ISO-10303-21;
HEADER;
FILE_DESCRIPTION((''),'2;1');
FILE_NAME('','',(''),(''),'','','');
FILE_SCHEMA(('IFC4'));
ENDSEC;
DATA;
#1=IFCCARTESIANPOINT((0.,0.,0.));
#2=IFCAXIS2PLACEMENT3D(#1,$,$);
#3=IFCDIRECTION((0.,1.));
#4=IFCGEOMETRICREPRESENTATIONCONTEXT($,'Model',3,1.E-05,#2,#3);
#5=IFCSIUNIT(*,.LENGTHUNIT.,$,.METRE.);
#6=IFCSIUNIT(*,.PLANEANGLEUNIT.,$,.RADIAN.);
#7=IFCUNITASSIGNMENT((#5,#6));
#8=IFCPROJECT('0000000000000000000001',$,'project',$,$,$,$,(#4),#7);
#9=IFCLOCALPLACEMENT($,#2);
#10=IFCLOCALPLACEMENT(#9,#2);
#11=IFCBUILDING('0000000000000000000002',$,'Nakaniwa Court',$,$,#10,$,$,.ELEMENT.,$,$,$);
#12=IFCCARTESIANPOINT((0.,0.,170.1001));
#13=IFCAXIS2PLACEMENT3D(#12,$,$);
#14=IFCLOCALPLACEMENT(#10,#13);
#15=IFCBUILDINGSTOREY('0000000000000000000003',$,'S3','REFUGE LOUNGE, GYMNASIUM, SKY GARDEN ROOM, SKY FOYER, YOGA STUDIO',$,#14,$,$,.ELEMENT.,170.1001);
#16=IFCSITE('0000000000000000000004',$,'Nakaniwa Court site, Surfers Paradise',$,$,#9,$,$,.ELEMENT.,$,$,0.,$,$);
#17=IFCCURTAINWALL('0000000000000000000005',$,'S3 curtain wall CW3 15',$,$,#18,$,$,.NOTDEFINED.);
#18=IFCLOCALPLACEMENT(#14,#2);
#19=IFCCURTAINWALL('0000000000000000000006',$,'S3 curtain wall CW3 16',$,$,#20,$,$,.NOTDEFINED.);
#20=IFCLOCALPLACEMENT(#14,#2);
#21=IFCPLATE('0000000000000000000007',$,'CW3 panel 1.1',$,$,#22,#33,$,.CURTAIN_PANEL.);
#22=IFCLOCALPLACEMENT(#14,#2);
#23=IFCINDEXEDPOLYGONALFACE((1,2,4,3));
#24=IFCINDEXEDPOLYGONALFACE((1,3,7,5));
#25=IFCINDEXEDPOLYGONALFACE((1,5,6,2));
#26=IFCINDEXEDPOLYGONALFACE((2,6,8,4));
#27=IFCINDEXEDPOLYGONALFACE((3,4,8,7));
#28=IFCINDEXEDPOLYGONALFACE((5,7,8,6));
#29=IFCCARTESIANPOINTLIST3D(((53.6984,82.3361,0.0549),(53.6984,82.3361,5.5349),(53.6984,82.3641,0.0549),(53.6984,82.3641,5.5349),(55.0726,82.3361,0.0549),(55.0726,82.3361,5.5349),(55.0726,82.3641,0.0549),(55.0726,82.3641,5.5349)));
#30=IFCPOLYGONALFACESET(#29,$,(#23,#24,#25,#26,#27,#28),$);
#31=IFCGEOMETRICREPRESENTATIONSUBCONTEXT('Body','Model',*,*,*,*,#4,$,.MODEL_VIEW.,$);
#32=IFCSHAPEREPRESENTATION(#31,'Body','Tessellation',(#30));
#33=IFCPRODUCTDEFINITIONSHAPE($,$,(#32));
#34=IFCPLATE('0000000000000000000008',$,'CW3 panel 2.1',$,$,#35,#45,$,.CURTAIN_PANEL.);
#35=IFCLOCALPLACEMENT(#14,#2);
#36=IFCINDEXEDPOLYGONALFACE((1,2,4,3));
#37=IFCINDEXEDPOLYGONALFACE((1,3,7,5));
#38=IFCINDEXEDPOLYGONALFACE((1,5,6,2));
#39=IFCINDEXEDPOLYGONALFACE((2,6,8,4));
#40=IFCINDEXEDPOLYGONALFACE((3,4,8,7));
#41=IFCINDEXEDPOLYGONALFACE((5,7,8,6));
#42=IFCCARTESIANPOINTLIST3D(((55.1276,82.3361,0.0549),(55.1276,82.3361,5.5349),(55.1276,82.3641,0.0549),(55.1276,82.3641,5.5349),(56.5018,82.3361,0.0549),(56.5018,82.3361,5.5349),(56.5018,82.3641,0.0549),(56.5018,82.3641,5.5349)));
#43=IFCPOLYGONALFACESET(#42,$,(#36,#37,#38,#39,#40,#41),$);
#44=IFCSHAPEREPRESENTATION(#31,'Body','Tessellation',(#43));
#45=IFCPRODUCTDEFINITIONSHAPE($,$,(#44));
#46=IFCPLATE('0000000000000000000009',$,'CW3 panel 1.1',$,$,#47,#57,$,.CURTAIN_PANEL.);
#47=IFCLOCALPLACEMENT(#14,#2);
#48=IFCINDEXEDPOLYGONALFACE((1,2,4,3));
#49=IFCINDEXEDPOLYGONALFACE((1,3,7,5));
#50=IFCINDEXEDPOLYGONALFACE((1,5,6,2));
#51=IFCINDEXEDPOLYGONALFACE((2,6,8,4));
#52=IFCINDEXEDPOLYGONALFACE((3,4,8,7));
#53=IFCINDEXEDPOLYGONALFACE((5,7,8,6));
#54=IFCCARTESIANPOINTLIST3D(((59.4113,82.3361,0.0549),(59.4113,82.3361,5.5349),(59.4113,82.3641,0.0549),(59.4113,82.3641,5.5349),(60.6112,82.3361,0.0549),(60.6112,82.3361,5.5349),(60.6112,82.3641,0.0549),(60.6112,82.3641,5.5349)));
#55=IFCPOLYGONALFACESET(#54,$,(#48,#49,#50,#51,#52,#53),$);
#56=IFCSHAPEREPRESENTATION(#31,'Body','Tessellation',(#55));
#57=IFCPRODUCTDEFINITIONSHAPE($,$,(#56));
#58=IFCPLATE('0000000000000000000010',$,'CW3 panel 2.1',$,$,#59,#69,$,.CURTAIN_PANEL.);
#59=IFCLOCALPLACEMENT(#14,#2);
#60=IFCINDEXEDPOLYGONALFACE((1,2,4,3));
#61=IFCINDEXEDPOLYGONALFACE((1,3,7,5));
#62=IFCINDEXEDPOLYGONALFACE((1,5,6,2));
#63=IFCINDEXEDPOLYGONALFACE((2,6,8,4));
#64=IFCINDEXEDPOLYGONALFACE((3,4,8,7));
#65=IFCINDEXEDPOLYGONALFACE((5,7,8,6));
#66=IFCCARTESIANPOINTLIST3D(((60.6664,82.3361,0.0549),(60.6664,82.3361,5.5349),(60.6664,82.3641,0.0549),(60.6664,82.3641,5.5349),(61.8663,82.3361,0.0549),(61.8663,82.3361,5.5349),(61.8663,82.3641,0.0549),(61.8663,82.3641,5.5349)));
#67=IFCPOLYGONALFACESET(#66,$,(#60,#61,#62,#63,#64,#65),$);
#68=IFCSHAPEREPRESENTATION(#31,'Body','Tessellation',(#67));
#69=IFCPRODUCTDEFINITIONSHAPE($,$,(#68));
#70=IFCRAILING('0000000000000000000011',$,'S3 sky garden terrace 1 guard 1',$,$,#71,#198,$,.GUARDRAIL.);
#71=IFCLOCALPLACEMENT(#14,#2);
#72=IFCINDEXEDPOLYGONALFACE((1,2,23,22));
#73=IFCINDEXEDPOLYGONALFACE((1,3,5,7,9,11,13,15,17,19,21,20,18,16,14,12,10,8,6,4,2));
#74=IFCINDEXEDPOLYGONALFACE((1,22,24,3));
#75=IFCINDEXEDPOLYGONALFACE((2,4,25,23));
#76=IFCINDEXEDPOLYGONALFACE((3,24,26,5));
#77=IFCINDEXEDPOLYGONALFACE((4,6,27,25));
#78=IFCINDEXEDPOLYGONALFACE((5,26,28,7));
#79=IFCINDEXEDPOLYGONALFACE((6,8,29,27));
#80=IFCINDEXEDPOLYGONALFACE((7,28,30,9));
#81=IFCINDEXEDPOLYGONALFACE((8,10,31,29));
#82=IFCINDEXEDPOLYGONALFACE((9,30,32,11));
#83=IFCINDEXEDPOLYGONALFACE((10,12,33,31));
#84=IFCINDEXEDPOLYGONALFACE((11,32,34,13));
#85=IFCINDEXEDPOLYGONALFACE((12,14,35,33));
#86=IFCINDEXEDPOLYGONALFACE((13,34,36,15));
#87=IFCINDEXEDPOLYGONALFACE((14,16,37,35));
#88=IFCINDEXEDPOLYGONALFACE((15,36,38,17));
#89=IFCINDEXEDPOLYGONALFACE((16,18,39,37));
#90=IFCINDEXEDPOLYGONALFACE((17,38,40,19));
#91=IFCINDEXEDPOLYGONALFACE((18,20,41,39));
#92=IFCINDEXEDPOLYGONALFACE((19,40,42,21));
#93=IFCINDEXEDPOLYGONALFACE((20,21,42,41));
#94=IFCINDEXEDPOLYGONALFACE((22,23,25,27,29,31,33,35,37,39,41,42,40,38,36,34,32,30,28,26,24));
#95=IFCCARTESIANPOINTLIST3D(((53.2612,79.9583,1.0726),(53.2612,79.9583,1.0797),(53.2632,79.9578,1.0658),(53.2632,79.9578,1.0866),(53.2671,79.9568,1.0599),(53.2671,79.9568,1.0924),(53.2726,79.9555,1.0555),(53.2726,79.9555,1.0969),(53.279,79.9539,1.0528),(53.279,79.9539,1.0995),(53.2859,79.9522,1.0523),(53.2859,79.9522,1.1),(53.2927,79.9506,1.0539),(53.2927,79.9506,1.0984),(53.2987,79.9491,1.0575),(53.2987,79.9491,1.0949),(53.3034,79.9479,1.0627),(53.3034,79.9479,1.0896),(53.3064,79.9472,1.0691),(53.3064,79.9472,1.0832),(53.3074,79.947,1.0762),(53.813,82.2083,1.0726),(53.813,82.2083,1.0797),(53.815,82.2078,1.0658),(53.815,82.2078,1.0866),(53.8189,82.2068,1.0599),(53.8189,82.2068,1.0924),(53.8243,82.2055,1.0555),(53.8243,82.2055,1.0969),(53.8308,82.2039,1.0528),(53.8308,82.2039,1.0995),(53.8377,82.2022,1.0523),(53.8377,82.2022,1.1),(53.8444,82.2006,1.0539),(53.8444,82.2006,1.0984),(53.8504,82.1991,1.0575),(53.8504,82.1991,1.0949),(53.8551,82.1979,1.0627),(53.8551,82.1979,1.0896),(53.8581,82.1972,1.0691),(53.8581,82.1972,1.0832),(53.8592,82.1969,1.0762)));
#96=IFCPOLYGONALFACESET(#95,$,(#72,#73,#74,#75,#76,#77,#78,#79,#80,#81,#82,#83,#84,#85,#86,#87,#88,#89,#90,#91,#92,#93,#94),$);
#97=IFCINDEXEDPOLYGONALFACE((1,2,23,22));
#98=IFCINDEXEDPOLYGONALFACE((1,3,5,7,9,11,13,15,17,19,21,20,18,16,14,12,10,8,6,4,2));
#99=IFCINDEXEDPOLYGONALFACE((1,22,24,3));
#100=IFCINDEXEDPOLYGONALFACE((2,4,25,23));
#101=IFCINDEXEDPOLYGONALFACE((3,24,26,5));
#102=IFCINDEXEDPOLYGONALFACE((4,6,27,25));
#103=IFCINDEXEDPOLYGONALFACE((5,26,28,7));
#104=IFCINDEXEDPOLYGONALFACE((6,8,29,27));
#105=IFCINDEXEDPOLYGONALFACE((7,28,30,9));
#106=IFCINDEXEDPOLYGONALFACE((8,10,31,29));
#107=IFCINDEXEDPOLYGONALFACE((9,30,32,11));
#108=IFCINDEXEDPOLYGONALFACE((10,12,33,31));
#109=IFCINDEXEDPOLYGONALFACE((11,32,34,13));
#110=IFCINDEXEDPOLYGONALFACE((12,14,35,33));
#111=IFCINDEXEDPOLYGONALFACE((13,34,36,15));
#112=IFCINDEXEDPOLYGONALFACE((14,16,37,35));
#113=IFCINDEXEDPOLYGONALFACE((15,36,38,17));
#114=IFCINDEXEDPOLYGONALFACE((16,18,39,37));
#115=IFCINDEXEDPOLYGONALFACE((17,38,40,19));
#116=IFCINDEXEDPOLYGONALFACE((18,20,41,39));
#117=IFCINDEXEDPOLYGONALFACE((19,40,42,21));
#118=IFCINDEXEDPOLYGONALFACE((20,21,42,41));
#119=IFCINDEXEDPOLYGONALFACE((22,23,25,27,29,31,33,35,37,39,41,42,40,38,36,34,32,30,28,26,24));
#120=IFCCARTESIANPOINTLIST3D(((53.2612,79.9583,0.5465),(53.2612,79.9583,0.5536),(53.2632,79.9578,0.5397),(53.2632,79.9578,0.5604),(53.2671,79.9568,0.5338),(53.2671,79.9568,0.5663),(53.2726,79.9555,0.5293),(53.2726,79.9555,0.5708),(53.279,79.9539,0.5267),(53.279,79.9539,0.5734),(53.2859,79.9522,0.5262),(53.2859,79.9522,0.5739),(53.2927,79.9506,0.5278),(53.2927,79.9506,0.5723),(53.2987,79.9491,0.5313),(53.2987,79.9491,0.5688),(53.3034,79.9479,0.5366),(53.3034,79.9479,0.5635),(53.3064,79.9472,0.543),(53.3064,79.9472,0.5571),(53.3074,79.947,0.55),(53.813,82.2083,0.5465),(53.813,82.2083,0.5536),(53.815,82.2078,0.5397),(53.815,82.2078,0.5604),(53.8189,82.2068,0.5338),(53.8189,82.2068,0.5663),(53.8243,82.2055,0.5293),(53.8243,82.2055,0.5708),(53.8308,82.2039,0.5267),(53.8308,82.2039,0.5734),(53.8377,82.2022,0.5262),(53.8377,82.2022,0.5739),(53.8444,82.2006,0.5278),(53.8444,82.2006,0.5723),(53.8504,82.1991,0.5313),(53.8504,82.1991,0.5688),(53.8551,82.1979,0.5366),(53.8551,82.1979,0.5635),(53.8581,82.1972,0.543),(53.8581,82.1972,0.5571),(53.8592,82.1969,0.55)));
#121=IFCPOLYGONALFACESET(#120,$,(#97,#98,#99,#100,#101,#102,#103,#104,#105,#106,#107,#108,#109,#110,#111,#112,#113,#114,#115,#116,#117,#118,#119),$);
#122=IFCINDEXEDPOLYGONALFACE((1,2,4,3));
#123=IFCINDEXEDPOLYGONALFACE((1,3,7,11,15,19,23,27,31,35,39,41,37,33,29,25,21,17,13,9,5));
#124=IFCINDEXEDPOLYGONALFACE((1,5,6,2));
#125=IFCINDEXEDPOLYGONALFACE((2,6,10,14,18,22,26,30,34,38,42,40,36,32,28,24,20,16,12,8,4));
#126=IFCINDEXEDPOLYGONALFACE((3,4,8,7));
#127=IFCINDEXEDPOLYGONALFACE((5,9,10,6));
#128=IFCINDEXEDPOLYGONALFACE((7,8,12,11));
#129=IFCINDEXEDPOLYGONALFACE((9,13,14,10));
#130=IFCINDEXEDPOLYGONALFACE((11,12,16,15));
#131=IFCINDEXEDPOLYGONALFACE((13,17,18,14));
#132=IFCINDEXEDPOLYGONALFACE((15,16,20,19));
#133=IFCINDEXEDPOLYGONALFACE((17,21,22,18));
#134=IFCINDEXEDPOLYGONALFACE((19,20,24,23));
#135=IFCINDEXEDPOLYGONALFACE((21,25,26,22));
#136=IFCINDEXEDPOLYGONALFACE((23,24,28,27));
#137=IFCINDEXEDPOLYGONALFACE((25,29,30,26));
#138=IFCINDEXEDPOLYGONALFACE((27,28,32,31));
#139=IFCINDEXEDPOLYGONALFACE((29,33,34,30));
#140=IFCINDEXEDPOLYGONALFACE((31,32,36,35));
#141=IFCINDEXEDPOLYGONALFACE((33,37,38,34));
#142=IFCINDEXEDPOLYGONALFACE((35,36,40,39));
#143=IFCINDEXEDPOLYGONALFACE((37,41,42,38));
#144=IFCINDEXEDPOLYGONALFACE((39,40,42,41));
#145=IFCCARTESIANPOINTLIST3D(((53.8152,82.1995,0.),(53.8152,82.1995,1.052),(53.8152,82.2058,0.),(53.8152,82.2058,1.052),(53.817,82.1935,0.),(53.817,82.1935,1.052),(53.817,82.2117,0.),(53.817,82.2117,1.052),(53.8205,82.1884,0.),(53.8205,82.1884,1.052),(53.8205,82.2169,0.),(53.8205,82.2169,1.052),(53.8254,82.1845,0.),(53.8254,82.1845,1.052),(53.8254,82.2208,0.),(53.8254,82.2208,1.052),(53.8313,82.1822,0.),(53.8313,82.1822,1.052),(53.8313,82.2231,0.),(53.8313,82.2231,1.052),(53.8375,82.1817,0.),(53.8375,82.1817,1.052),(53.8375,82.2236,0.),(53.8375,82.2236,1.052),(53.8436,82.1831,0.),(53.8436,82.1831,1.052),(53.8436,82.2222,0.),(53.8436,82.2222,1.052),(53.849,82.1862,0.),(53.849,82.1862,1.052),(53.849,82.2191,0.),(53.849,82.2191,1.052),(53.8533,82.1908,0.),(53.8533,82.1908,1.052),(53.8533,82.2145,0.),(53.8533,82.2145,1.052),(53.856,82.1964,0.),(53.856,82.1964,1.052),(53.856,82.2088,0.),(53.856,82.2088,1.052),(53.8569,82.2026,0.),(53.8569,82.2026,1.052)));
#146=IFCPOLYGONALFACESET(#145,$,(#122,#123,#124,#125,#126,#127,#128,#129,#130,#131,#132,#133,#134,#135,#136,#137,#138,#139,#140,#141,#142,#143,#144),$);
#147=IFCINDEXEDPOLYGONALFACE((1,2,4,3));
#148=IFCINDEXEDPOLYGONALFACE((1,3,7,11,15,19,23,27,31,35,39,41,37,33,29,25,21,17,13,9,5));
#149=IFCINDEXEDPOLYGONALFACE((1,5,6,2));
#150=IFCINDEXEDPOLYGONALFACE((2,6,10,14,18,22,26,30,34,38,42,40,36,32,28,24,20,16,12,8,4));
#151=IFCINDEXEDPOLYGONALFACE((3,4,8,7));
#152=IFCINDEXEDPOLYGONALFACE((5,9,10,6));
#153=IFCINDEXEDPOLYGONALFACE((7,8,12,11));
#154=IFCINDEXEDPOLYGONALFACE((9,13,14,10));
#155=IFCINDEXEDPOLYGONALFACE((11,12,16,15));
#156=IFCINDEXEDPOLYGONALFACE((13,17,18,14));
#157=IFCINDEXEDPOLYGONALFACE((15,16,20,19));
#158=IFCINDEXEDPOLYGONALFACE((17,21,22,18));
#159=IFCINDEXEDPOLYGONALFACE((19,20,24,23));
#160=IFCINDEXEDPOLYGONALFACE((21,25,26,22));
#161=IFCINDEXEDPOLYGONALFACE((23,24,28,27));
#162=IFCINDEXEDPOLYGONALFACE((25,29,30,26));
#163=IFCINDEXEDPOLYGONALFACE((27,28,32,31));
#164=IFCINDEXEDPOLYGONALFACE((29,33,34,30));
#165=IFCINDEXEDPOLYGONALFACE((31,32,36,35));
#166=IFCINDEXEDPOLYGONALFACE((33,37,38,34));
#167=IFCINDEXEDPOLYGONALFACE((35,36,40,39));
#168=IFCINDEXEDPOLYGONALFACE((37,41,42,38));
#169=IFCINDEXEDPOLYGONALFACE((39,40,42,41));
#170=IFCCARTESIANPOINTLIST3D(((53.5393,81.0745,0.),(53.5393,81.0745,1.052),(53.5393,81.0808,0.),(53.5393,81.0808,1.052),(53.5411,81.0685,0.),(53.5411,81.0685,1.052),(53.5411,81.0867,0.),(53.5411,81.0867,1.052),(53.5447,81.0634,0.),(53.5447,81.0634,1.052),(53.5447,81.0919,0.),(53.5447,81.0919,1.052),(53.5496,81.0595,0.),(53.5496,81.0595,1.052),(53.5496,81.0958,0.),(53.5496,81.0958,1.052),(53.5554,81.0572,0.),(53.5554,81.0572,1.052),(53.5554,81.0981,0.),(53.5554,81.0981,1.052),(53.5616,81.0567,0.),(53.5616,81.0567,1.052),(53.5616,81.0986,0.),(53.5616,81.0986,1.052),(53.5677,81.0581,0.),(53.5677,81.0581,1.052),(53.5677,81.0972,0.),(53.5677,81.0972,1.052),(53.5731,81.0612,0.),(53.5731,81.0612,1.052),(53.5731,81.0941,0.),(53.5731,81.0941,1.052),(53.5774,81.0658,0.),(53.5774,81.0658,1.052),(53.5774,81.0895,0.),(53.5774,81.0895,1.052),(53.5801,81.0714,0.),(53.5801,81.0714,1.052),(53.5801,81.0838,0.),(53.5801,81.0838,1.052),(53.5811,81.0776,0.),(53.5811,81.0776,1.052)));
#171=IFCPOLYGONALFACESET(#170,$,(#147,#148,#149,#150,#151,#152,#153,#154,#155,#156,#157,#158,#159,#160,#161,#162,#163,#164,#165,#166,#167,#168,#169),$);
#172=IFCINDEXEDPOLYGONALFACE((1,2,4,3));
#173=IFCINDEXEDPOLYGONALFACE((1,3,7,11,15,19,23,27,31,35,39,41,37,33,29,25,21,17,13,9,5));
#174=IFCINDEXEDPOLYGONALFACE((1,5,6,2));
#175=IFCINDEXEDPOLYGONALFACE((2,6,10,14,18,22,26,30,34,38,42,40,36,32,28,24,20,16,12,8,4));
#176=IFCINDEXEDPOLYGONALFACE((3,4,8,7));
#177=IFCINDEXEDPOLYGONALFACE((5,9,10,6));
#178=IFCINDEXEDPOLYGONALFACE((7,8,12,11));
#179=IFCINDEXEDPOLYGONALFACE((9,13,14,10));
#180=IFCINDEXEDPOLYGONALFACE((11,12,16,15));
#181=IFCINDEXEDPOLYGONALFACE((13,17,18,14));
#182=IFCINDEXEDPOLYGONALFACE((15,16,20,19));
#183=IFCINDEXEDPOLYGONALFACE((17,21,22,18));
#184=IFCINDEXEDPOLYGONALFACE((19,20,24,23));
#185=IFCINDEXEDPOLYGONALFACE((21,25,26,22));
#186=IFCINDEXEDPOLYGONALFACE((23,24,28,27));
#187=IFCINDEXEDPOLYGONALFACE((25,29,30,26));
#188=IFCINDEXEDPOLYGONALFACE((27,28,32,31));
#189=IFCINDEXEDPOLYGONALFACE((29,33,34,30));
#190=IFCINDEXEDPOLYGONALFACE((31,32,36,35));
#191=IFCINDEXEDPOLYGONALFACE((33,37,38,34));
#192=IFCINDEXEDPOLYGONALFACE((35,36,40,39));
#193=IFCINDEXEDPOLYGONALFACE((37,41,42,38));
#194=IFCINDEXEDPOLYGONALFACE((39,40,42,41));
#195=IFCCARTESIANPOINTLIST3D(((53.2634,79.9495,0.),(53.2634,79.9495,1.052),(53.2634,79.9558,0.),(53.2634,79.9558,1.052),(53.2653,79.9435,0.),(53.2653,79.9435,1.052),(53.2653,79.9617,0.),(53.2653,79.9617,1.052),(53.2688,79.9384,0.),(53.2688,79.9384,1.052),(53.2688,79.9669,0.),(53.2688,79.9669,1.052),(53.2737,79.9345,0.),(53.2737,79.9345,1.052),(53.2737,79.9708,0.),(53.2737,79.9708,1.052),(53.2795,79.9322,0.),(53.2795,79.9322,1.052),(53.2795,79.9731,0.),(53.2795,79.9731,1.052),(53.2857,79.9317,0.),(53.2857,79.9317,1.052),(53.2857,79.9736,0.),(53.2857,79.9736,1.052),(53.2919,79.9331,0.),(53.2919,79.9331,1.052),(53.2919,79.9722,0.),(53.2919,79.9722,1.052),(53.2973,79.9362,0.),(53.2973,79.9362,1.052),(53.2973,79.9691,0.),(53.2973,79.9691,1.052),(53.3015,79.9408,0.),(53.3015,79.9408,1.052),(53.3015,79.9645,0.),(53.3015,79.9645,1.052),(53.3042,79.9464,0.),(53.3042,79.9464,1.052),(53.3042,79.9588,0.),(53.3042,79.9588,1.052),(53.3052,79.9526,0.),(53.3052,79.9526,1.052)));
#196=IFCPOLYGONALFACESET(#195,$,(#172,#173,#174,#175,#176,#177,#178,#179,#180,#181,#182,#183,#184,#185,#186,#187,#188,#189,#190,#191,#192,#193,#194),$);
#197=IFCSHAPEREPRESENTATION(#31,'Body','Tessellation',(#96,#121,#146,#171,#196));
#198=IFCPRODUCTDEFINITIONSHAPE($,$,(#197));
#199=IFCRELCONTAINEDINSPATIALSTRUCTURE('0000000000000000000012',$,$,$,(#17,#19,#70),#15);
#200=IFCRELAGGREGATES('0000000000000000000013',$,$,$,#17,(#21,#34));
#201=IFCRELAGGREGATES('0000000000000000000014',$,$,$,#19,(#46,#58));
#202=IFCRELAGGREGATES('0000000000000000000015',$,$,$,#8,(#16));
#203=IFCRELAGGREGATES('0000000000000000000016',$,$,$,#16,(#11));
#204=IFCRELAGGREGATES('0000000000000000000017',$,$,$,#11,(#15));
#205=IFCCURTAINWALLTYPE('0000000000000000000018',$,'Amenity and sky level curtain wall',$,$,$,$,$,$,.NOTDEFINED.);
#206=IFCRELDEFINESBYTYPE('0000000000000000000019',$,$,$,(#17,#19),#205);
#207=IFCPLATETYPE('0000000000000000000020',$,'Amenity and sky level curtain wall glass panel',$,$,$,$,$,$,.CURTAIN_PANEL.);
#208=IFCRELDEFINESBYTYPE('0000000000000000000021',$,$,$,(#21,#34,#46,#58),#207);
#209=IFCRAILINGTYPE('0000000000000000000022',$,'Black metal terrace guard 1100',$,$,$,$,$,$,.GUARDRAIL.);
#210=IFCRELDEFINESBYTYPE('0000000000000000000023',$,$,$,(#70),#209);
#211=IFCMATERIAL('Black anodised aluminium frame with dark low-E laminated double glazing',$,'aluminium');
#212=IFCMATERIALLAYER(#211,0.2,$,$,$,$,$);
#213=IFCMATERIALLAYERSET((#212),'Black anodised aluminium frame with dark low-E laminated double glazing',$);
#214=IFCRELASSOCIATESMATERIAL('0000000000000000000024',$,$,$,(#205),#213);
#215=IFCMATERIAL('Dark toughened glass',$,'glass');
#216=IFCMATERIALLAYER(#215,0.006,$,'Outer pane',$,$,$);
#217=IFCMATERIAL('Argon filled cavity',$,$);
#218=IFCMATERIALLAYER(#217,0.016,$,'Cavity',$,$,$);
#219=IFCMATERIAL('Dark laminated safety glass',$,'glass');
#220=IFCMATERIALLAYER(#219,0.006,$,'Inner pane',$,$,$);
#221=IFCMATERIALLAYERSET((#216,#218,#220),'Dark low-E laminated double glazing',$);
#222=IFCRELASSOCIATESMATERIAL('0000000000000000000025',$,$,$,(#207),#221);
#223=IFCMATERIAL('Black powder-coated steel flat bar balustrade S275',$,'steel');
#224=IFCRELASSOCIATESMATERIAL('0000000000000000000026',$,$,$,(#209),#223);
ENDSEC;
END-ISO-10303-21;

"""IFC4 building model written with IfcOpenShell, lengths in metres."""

from ifc_helpers import new_model, si_unit, direction, frame, origin, origin_2d, place, context, subcontext, project, spatial, rectangle, circle, extrude, material, layer, layer_set, type_object, element, aggregate, save


model = new_model("IFC4")

# Units and contexts
model_context = context("Model", 3, precision=1e-05, world=origin(), true_north=direction((0.0, 1.0)))
body_context = subcontext(model_context, "Body", "Model", "MODEL_VIEW")
ifc_project = project(units=[si_unit("LENGTHUNIT", "METRE"), si_unit("PLANEANGLEUNIT", "RADIAN")], contexts=[model_context])

# Site, building, storey
site_placement = place(None, origin())
site = spatial("IfcSite", under=ifc_project, at=site_placement, Name="Nakaniwa Court site, Surfers Paradise", CompositionType="ELEMENT", RefElevation=0.0)
building_placement = place(site_placement, origin())
building = spatial("IfcBuilding", under=site, at=building_placement, Name="Nakaniwa Court", CompositionType="ELEMENT")
storey_placement = place(building_placement, frame((0.0, 0.0, 170.1001)))
storey = spatial("IfcBuildingStorey", under=building, at=storey_placement, Name="S3", Description="REFUGE LOUNGE, GYMNASIUM, SKY GARDEN ROOM, SKY FOYER, YOGA STUDIO", CompositionType="ELEMENT", Elevation=170.1001)

# Curtain walls
ifc_material_1 = material(Name="Black anodised aluminium frame with dark low-E laminated double glazing", Category="aluminium")
ifc_layer_1 = layer(ifc_material_1, 0.2)
ifc_layer_set_1 = layer_set([ifc_layer_1], Name="Black anodised aluminium frame with dark low-E laminated double glazing")
curtain_wall_type = type_object("IfcCurtainWallType", Name="Amenity and sky level curtain wall", PredefinedType="NOTDEFINED", material=ifc_layer_set_1)
curtain_wall_1_placement = place(storey_placement, origin())
curtain_wall_1 = element("IfcCurtainWall", 1, at=curtain_wall_1_placement, inside=storey, type_object=curtain_wall_type, Name="S3 curtain wall CW3 15", PredefinedType="NOTDEFINED")
curtain_wall_2_placement = place(storey_placement, origin())
curtain_wall_2 = element("IfcCurtainWall", 2, at=curtain_wall_2_placement, inside=storey, type_object=curtain_wall_type, Name="S3 curtain wall CW3 16", PredefinedType="NOTDEFINED")

# Plates
ifc_material_2 = material(Name="Dark toughened glass", Category="glass")
ifc_layer_2 = layer(ifc_material_2, 0.006, Name="Outer pane")
ifc_material_3 = material(Name="Argon filled cavity")
ifc_layer_3 = layer(ifc_material_3, 0.016, Name="Cavity")
ifc_material_4 = material(Name="Dark laminated safety glass", Category="glass")
ifc_layer_4 = layer(ifc_material_4, 0.006, Name="Inner pane")
ifc_layer_set_2 = layer_set([ifc_layer_2, ifc_layer_3, ifc_layer_4], Name="Dark low-E laminated double glazing")
plate_type = type_object("IfcPlateType", Name="Amenity and sky level curtain wall glass panel", PredefinedType="CURTAIN_PANEL", material=ifc_layer_set_2)
plate_1_placement = place(storey_placement, frame((54.3855, 82.3501, 0.0549), z_axis=(0.0, 0.0, 1.0), x_axis=(1.0, 0.0, 0.0)))
plate_1 = element("IfcPlate", 3, at=plate_1_placement, type_object=plate_type, Name="CW3 panel 1.1", PredefinedType="CURTAIN_PANEL", context=body_context, shape_type="SweptSolid", body=[
    extrude(rectangle(XDim=1.3743, YDim=0.0281, at=origin_2d()), origin(), (0.0, 0.0, 1.0), 5.48),
])
plate_2_placement = place(storey_placement, frame((55.8147, 82.3501, 0.0549), z_axis=(0.0, 0.0, 1.0), x_axis=(1.0, 0.0, 0.0)))
plate_2 = element("IfcPlate", 4, at=plate_2_placement, type_object=plate_type, Name="CW3 panel 2.1", PredefinedType="CURTAIN_PANEL", context=body_context, shape_type="SweptSolid", body=[
    extrude(rectangle(XDim=1.3743, YDim=0.0281, at=origin_2d()), origin(), (0.0, 0.0, 1.0), 5.48),
])
aggregate(curtain_wall_1, [plate_1, plate_2])
plate_3_placement = place(storey_placement, frame((60.0112, 82.3501, 0.0549), z_axis=(0.0, 0.0, 1.0), x_axis=(1.0, 0.0, 0.0)))
plate_3 = element("IfcPlate", 5, at=plate_3_placement, type_object=plate_type, Name="CW3 panel 1.1", PredefinedType="CURTAIN_PANEL", context=body_context, shape_type="SweptSolid", body=[
    extrude(rectangle(XDim=1.2, YDim=0.0281, at=origin_2d()), origin(), (0.0, 0.0, 1.0), 5.48),
])
plate_4_placement = place(storey_placement, frame((61.2664, 82.3501, 0.0549), z_axis=(0.0, 0.0, 1.0), x_axis=(1.0, 0.0, 0.0)))
plate_4 = element("IfcPlate", 6, at=plate_4_placement, type_object=plate_type, Name="CW3 panel 2.1", PredefinedType="CURTAIN_PANEL", context=body_context, shape_type="SweptSolid", body=[
    extrude(rectangle(XDim=1.2, YDim=0.0281, at=origin_2d()), origin(), (0.0, 0.0, 1.0), 5.48),
])
aggregate(curtain_wall_2, [plate_3, plate_4])

# Railing
ifc_material_5 = material(Name="Black powder-coated steel flat bar balustrade S275", Category="steel")
railing_type = type_object("IfcRailingType", Name="Black metal terrace guard 1100", PredefinedType="GUARDRAIL", material=ifc_material_5)
railing_1_placement = place(storey_placement, frame((53.8359, 82.2026, 0.0)))
element("IfcRailing", 7, at=railing_1_placement, inside=storey, type_object=railing_type, Name="S3 sky garden terrace 1 guard 1", PredefinedType="GUARDRAIL", context=body_context, shape_type="SweptSolid", body=[
    extrude(circle(Radius=0.0239, at=origin_2d()), frame((0.0, 0.0, 1.0762), z_axis=(-0.238169, -0.971224, 0.0), x_axis=(0.971224, -0.238169, 0.0)), (0.0, 0.0, 1.0), 2.3167),
    extrude(circle(Radius=0.0239, at=origin_2d()), frame((0.0, 0.0, 0.55), z_axis=(-0.238169, -0.971224, 0.0), x_axis=(0.971224, -0.238169, 0.0)), (0.0, 0.0, 1.0), 2.3167),
    extrude(circle(Radius=0.021, at=origin_2d()), origin(), (0.0, 0.0, 1.0), 1.052),
    extrude(circle(Radius=0.021, at=origin_2d()), frame((-0.2759, -1.125, 0.0)), (0.0, 0.0, 1.0), 1.052),
    extrude(circle(Radius=0.021, at=origin_2d()), frame((-0.5518, -2.25, 0.0)), (0.0, 0.0, 1.0), 1.052),
])

save(model, "model.ifc")
